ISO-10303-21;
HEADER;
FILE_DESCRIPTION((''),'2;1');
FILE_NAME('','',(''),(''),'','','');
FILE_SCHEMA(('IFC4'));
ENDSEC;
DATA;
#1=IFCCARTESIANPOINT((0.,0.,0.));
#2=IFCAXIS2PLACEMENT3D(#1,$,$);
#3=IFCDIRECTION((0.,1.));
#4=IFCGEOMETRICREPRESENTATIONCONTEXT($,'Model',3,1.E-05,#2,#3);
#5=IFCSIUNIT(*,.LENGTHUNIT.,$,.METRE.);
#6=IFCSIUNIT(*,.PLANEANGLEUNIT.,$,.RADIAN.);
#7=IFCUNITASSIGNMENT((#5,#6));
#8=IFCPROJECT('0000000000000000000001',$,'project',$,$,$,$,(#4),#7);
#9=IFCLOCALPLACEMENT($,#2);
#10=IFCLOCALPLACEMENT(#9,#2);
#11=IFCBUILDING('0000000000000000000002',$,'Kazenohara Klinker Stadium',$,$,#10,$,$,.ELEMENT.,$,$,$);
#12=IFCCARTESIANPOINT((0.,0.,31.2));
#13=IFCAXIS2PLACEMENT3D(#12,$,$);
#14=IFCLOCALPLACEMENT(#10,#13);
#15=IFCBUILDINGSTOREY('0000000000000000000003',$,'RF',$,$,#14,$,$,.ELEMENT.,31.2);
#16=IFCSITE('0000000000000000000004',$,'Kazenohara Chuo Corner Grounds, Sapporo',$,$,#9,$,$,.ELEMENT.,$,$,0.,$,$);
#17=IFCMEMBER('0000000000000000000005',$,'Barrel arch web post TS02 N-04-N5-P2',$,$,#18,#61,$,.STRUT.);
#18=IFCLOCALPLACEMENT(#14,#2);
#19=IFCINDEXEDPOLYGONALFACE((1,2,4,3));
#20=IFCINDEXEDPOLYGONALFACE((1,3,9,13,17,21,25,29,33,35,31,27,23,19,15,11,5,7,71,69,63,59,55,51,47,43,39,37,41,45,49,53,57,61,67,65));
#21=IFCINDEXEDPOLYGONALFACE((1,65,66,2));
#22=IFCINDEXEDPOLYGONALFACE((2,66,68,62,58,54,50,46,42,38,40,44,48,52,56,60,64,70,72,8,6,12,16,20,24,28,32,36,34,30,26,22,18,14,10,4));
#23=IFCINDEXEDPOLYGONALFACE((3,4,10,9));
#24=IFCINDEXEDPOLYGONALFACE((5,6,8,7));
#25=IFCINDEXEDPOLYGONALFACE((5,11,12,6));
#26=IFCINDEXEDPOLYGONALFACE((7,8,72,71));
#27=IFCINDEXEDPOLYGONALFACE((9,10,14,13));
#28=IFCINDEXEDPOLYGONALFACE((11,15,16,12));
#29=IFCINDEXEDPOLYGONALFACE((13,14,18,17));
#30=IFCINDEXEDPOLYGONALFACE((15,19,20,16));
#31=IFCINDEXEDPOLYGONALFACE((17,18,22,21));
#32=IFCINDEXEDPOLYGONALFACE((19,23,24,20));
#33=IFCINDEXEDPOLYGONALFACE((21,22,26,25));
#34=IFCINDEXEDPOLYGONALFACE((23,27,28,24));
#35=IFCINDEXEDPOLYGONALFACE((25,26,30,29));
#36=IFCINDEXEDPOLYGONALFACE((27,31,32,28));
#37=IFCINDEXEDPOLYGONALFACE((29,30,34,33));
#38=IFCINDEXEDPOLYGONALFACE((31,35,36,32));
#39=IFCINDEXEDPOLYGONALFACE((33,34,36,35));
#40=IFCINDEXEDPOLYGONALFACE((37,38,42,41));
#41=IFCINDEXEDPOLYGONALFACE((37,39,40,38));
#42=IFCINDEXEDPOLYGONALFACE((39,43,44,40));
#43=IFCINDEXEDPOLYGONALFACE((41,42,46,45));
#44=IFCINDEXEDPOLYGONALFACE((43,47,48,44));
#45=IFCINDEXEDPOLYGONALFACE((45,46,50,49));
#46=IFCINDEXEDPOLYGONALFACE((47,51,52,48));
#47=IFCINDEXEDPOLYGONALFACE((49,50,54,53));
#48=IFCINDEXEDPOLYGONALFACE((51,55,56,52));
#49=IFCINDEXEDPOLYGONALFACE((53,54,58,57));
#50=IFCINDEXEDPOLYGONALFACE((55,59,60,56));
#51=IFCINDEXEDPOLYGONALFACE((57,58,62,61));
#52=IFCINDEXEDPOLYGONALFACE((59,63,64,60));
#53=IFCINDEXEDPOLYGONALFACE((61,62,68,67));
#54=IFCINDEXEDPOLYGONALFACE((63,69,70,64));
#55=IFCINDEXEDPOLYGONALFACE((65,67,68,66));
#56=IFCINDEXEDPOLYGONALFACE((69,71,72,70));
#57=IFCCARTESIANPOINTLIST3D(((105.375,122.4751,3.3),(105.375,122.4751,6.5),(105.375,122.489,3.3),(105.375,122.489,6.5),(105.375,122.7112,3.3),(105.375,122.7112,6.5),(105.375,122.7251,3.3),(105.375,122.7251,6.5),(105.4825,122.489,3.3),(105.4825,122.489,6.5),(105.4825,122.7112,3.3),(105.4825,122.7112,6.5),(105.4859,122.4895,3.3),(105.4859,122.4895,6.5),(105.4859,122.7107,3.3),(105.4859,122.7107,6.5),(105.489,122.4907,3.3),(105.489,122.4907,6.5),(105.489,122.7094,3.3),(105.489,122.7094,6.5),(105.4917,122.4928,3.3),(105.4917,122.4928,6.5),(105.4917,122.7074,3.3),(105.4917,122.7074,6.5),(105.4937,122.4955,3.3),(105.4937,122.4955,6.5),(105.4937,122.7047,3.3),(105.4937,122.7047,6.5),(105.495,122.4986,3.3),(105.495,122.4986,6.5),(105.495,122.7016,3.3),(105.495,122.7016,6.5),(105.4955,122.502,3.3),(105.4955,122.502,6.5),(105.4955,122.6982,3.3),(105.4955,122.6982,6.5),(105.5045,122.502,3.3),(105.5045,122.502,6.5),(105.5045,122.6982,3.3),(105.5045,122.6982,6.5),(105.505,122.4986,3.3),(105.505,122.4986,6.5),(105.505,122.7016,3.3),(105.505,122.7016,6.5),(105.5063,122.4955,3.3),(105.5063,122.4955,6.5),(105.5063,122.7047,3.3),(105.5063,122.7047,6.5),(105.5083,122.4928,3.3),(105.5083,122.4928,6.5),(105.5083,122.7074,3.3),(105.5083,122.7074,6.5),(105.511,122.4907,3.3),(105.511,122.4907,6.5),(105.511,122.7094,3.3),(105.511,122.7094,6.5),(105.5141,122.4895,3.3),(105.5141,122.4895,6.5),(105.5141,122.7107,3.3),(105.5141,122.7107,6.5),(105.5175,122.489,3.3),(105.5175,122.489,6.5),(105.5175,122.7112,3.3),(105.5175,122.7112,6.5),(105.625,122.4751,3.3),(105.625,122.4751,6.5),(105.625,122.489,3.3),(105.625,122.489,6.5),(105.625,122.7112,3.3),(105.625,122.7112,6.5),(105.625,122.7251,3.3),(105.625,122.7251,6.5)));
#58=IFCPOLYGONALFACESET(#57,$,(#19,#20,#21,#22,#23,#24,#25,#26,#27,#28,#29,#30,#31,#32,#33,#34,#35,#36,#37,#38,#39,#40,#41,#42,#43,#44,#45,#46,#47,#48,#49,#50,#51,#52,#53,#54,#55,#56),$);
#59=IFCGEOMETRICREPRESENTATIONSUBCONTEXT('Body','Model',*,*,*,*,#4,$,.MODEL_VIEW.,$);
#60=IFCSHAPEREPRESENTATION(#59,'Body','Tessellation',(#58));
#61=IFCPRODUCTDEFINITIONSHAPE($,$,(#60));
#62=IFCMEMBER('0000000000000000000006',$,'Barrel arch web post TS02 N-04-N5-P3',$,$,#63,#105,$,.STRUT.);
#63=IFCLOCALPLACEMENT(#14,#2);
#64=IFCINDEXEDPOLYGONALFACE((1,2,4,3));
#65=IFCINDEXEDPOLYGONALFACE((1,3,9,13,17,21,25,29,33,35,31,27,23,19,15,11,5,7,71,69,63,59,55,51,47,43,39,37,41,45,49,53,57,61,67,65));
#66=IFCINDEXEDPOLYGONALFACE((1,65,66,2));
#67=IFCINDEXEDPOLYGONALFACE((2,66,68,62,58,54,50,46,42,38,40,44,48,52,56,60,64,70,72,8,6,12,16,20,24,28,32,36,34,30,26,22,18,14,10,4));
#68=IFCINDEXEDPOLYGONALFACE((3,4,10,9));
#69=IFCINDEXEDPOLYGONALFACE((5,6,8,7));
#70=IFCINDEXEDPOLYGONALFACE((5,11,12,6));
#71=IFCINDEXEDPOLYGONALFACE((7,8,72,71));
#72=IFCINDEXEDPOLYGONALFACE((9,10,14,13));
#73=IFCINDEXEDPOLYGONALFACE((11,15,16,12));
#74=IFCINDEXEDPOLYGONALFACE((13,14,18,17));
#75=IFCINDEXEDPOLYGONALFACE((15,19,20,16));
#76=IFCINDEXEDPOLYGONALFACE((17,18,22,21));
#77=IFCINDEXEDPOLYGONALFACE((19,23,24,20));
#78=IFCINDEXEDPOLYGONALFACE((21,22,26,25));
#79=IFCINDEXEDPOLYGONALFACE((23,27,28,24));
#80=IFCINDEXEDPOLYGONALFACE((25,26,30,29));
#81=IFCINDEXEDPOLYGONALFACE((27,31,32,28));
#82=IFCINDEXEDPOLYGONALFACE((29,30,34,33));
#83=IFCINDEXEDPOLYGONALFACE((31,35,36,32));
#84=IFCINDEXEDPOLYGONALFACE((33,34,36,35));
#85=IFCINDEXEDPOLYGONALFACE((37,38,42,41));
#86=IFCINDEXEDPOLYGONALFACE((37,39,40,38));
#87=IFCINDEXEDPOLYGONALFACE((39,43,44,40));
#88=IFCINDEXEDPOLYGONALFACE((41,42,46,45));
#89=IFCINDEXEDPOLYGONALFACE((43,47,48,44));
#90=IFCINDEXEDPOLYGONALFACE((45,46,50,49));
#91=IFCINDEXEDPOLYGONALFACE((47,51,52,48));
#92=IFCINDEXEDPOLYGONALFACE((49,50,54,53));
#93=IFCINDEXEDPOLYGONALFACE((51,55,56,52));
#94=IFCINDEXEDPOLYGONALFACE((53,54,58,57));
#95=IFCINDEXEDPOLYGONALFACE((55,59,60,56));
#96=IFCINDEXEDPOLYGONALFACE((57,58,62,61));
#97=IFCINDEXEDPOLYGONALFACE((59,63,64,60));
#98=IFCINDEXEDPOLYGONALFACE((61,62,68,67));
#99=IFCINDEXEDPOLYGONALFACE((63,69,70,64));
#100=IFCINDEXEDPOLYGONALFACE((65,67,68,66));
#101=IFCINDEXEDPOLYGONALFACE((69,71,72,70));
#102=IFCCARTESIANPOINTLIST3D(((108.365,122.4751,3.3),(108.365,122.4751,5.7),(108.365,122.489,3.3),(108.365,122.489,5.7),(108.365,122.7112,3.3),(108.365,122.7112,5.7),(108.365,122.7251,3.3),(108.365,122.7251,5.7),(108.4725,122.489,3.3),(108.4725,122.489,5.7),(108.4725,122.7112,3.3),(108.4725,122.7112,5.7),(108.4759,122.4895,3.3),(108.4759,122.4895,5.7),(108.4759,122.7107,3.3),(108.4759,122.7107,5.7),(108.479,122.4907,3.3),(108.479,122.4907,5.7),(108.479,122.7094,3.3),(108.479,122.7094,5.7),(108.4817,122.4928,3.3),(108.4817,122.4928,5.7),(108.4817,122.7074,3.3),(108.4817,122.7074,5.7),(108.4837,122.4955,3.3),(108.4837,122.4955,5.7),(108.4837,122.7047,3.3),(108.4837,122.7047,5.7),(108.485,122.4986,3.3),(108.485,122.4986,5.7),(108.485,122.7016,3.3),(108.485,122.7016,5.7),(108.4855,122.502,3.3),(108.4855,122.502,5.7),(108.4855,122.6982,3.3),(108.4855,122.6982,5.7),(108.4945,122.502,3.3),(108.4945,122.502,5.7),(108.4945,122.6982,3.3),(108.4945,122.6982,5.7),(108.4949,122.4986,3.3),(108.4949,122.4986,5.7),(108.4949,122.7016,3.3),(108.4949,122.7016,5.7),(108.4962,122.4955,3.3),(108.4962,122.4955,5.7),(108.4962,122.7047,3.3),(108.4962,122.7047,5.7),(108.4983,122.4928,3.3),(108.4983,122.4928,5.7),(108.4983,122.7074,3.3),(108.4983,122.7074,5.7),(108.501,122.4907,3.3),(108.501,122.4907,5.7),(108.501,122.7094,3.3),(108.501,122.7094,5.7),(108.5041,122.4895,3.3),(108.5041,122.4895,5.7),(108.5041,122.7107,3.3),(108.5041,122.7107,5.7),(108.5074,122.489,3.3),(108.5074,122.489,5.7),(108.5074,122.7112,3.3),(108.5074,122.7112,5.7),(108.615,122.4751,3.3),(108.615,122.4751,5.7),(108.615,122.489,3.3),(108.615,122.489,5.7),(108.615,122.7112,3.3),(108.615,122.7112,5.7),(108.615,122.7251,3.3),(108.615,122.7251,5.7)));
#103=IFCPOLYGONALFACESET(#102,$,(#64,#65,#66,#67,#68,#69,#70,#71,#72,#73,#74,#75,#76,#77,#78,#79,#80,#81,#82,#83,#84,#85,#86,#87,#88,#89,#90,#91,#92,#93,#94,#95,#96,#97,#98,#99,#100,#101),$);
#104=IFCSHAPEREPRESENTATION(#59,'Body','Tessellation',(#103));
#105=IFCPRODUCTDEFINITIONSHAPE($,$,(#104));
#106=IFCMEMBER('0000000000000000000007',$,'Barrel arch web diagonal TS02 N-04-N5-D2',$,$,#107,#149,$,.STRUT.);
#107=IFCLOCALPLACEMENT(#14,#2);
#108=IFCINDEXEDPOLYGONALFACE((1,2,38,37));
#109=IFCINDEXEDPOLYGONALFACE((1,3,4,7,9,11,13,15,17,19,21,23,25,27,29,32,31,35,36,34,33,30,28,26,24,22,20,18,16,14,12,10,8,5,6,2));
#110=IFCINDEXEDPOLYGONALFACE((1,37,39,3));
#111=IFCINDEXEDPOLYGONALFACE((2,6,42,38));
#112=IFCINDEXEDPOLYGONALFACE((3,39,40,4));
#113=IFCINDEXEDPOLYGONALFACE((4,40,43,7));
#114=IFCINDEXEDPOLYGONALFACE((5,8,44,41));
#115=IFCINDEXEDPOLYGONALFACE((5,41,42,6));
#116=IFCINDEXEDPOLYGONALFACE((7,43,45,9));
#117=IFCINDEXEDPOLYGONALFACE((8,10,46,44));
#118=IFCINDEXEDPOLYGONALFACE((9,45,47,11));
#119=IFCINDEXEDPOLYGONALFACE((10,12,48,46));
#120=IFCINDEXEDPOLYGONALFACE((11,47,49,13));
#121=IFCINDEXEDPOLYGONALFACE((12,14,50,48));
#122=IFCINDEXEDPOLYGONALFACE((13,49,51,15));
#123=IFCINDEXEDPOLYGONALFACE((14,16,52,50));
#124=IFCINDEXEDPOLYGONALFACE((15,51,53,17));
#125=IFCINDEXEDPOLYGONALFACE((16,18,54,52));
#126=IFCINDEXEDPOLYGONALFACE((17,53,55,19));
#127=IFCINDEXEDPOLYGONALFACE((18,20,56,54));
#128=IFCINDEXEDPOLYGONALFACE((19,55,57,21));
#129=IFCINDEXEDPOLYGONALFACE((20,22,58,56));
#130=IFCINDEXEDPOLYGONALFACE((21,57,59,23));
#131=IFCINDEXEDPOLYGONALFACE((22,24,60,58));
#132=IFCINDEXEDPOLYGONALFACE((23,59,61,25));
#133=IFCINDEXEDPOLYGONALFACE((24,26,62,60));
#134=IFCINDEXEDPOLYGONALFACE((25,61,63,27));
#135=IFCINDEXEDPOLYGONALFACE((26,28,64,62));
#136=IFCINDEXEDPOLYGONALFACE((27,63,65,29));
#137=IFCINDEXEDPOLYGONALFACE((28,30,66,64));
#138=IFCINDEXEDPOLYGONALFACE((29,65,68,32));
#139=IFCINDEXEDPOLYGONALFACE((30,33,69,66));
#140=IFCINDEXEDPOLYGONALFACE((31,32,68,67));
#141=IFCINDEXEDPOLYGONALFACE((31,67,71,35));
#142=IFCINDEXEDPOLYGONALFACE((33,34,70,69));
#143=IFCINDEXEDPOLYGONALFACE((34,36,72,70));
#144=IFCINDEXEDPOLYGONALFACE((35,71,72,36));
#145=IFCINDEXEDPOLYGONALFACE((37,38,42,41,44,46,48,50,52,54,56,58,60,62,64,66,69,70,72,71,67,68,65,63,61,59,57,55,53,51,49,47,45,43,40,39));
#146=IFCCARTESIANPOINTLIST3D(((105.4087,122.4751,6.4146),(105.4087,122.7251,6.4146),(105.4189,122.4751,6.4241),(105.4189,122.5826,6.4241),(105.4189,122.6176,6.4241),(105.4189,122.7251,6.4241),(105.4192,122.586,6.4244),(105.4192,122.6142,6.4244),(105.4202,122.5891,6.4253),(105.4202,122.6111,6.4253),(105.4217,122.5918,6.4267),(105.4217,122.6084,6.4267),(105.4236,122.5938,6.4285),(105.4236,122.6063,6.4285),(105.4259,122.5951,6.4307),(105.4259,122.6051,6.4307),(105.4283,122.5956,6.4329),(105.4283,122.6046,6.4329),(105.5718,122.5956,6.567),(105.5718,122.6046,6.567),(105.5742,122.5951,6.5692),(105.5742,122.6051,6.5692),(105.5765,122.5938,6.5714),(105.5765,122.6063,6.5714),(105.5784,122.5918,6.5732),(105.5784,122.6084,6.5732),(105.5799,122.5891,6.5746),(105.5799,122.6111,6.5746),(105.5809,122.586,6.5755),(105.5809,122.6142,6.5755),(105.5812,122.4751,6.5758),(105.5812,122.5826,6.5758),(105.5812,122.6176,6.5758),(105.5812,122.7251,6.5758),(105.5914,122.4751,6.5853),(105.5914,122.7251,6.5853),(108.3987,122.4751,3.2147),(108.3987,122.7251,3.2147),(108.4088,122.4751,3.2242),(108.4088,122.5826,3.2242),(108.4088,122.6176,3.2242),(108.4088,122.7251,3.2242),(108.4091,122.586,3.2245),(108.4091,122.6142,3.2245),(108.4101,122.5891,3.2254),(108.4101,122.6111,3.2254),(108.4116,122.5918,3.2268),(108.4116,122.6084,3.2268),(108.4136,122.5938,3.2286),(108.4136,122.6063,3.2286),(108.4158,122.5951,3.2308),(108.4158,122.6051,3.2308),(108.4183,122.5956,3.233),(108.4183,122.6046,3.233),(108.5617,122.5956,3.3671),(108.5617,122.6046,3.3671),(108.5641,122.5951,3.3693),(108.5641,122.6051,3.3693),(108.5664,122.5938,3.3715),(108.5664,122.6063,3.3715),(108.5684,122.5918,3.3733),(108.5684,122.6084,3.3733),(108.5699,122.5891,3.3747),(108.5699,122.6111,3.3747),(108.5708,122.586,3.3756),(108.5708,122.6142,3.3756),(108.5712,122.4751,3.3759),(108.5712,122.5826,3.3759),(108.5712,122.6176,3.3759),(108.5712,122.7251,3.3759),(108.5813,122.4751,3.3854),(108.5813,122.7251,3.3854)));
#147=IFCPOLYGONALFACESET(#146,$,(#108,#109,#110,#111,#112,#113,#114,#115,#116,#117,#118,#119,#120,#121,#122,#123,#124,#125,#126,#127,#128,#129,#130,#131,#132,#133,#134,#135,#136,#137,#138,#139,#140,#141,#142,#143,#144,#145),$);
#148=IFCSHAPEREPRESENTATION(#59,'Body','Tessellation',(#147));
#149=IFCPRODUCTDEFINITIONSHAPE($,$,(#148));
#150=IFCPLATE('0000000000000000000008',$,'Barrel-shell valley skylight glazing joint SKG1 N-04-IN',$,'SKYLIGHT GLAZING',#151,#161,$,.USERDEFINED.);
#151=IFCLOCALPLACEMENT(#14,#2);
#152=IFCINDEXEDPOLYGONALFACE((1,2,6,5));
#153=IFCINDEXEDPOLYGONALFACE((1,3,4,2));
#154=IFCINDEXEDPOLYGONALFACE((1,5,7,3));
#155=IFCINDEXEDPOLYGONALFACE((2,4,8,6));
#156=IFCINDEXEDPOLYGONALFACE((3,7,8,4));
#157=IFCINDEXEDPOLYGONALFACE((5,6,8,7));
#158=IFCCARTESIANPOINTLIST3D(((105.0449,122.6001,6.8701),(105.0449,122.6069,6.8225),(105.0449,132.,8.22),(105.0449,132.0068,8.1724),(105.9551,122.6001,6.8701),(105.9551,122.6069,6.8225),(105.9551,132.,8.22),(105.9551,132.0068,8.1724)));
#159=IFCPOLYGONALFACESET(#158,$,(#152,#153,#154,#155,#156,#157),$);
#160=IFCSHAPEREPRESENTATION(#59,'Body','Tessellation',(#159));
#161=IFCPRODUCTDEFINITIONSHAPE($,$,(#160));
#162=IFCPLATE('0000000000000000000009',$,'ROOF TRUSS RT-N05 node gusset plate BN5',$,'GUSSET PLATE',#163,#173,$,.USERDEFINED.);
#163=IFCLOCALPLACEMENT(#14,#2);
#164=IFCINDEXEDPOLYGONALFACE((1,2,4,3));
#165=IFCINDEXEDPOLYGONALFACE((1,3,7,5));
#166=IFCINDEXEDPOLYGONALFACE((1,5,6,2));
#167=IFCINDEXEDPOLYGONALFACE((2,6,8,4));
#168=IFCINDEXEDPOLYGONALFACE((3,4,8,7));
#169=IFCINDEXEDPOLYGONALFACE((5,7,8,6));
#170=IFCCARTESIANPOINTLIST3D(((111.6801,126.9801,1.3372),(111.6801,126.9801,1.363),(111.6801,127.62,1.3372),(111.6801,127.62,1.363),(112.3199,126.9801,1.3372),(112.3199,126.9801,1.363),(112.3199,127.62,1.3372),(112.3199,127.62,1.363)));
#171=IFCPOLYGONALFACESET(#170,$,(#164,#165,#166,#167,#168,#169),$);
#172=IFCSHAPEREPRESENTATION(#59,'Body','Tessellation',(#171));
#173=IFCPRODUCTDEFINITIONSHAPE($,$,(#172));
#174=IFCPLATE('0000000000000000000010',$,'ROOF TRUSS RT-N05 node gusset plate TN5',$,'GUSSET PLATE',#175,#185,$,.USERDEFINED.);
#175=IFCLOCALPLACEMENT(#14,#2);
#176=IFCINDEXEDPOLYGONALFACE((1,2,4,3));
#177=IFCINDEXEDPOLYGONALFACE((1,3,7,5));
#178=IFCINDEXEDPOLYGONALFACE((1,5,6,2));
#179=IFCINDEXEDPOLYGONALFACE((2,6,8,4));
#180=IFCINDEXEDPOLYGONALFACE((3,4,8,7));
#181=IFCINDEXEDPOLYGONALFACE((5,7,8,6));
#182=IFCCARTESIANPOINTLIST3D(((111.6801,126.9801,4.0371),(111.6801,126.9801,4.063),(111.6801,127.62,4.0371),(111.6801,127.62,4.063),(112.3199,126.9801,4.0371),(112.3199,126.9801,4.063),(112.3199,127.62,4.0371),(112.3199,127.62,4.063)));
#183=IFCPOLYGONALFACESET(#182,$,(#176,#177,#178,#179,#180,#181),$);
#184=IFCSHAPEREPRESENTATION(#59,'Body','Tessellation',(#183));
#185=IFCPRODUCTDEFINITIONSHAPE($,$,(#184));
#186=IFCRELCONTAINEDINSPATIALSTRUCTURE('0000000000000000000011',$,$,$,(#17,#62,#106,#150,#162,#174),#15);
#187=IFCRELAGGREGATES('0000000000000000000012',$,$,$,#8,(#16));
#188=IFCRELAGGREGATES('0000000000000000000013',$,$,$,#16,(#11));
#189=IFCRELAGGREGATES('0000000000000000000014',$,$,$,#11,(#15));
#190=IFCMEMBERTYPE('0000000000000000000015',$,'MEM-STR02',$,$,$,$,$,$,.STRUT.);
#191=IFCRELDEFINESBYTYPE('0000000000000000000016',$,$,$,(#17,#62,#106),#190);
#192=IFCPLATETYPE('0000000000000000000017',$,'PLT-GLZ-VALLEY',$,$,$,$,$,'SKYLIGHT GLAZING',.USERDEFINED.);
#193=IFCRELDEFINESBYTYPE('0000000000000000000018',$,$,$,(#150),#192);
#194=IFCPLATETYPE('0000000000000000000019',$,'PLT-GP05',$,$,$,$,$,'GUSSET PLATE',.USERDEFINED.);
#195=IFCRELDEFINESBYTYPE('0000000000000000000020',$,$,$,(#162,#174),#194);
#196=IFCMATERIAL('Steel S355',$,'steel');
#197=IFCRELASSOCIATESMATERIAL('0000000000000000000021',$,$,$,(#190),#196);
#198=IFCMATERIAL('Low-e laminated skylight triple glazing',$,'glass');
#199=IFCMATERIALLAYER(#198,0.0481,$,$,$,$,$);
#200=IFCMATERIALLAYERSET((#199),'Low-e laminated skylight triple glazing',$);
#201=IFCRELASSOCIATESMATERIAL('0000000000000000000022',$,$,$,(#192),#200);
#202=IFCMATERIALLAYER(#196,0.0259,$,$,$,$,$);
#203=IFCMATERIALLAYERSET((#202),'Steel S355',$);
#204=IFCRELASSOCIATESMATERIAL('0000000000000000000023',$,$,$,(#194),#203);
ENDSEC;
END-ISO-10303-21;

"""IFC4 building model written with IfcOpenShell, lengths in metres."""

from ifc_helpers import new_model, si_unit, direction, frame, origin, origin_2d, place, context, subcontext, project, spatial, polyline, rectangle, i_section, outline, extrude, material, layer, layer_set, material_profile, profile_set, type_object, element, save


model = new_model("IFC4")

# Units and contexts
model_context = context("Model", 3, precision=1e-05, world=origin(), true_north=direction((0.0, 1.0)))
body_context = subcontext(model_context, "Body", "Model", "MODEL_VIEW")
ifc_project = project(units=[si_unit("LENGTHUNIT", "METRE"), si_unit("PLANEANGLEUNIT", "RADIAN")], contexts=[model_context])

# Site, building, storey
site_placement = place(None, origin())
site = spatial("IfcSite", under=ifc_project, at=site_placement, Name="Kazenohara Chuo Corner Grounds, Sapporo", CompositionType="ELEMENT", RefElevation=0.0)
building_placement = place(site_placement, origin())
building = spatial("IfcBuilding", under=site, at=building_placement, Name="Kazenohara Klinker Stadium", CompositionType="ELEMENT")
storey_placement = place(building_placement, frame((0.0, 0.0, 31.2)))
storey = spatial("IfcBuildingStorey", under=building, at=storey_placement, Name="RF", CompositionType="ELEMENT", Elevation=31.2)

# Members
ifc_material_1 = material(Name="Steel S355", Category="steel")
ifc_material_profile_1 = material_profile(ifc_material_1, i_section(OverallWidth=0.25, OverallDepth=0.25, WebThickness=0.009, FlangeThickness=0.0139, FilletRadius=0.0129, at=origin_2d()), Name="H-250x250x9x14")
ifc_profile_set_1 = profile_set([ifc_material_profile_1], Name="Steel S355")
member_type_1 = type_object("IfcMemberType", Name="MEM-STR02", PredefinedType="STRUT", material=ifc_profile_set_1)
member_1_placement = place(storey_placement, frame((105.5, 122.6001, 3.3), z_axis=(0.0, 0.0, 1.0), x_axis=(1.0, 0.0, 0.0)))
element("IfcMember", 1, at=member_1_placement, inside=storey, type_object=member_type_1, Name="Barrel arch web post TS02 N-04-N5-P2", PredefinedType="STRUT", context=body_context, shape_type="SweptSolid", body=[
    extrude(i_section(OverallWidth=0.25, OverallDepth=0.25, WebThickness=0.009, FlangeThickness=0.0139, FilletRadius=0.0129, at=origin_2d()), origin(), (0.0, 0.0, 1.0), 3.2),
])
member_2_placement = place(storey_placement, frame((108.49, 122.6001, 3.3), z_axis=(0.0, 0.0, 1.0), x_axis=(1.0, 0.0, 0.0)))
element("IfcMember", 2, at=member_2_placement, inside=storey, type_object=member_type_1, Name="Barrel arch web post TS02 N-04-N5-P3", PredefinedType="STRUT", context=body_context, shape_type="SweptSolid", body=[
    extrude(i_section(OverallWidth=0.25, OverallDepth=0.25, WebThickness=0.009, FlangeThickness=0.0139, FilletRadius=0.0129, at=origin_2d()), origin(), (0.0, 0.0, 1.0), 2.3999),
])
member_3_placement = place(storey_placement, frame((108.49, 122.6001, 3.3), z_axis=(-0.682729, 0.0, 0.730671), x_axis=(0.0, -1.0, 0.0)))
element("IfcMember", 3, at=member_3_placement, inside=storey, type_object=member_type_1, Name="Barrel arch web diagonal TS02 N-04-N5-D2", PredefinedType="STRUT", context=body_context, shape_type="SweptSolid", body=[
    extrude(i_section(OverallWidth=0.25, OverallDepth=0.25, WebThickness=0.009, FlangeThickness=0.0139, FilletRadius=0.0129, at=origin_2d()), origin(), (0.0, 0.0, 1.0), 4.3794),
])

# Plates
ifc_material_2 = material(Name="Low-e laminated skylight triple glazing", Category="glass")
ifc_layer_1 = layer(ifc_material_2, 0.0481)
ifc_layer_set_1 = layer_set([ifc_layer_1], Name="Low-e laminated skylight triple glazing")
plate_type_1 = type_object("IfcPlateType", Name="PLT-GLZ-VALLEY", ElementType="SKYLIGHT GLAZING", PredefinedType="USERDEFINED", material=ifc_layer_set_1)
plate_placement = place(storey_placement, frame((105.0449, 132.0, 8.22), z_axis=(0.0, -0.142145, 0.989846), x_axis=(0.0, -0.989846, -0.142145)))
element("IfcPlate", 4, at=plate_placement, inside=storey, type_object=plate_type_1, Name="Barrel-shell valley skylight glazing joint SKG1 N-04-IN", ObjectType="SKYLIGHT GLAZING", PredefinedType="USERDEFINED", context=body_context, shape_type="SweptSolid", body=[
    extrude(outline(polyline([(0.0, 0.0), (9.4963, 0.0), (9.4963, 0.9102), (0.0, 0.9102), (0.0, 0.0)])), origin(), (0.0, 0.0, -1.0), 0.0481),
])
ifc_layer_2 = layer(ifc_material_1, 0.0259)
ifc_layer_set_2 = layer_set([ifc_layer_2], Name="Steel S355")
plate_type_2 = type_object("IfcPlateType", Name="PLT-GP05", ElementType="GUSSET PLATE", PredefinedType="USERDEFINED", material=ifc_layer_set_2)
for number, where, z_axis, x_axis, name in (
    (5, (112.0, 127.3, 1.3372), (0.0, 0.0, 1.0), (1.0, 0.0, 0.0), "ROOF TRUSS RT-N05 node gusset plate BN5"),
    (6, (112.0, 127.3, 4.0371), (0.0, 0.0, 1.0), (1.0, 0.0, 0.0), "ROOF TRUSS RT-N05 node gusset plate TN5"),
):
    element("IfcPlate", number, at=place(storey_placement, frame(where, z_axis=z_axis, x_axis=x_axis)), inside=storey, type_object=plate_type_2, Name=name, ObjectType="GUSSET PLATE", PredefinedType="USERDEFINED", context=body_context, shape_type="SweptSolid", body=[
        extrude(rectangle(XDim=0.6399, YDim=0.6399, at=origin_2d()), origin(), (0.0, 0.0, 1.0), 0.0259),
    ])

save(model, "model.ifc")
